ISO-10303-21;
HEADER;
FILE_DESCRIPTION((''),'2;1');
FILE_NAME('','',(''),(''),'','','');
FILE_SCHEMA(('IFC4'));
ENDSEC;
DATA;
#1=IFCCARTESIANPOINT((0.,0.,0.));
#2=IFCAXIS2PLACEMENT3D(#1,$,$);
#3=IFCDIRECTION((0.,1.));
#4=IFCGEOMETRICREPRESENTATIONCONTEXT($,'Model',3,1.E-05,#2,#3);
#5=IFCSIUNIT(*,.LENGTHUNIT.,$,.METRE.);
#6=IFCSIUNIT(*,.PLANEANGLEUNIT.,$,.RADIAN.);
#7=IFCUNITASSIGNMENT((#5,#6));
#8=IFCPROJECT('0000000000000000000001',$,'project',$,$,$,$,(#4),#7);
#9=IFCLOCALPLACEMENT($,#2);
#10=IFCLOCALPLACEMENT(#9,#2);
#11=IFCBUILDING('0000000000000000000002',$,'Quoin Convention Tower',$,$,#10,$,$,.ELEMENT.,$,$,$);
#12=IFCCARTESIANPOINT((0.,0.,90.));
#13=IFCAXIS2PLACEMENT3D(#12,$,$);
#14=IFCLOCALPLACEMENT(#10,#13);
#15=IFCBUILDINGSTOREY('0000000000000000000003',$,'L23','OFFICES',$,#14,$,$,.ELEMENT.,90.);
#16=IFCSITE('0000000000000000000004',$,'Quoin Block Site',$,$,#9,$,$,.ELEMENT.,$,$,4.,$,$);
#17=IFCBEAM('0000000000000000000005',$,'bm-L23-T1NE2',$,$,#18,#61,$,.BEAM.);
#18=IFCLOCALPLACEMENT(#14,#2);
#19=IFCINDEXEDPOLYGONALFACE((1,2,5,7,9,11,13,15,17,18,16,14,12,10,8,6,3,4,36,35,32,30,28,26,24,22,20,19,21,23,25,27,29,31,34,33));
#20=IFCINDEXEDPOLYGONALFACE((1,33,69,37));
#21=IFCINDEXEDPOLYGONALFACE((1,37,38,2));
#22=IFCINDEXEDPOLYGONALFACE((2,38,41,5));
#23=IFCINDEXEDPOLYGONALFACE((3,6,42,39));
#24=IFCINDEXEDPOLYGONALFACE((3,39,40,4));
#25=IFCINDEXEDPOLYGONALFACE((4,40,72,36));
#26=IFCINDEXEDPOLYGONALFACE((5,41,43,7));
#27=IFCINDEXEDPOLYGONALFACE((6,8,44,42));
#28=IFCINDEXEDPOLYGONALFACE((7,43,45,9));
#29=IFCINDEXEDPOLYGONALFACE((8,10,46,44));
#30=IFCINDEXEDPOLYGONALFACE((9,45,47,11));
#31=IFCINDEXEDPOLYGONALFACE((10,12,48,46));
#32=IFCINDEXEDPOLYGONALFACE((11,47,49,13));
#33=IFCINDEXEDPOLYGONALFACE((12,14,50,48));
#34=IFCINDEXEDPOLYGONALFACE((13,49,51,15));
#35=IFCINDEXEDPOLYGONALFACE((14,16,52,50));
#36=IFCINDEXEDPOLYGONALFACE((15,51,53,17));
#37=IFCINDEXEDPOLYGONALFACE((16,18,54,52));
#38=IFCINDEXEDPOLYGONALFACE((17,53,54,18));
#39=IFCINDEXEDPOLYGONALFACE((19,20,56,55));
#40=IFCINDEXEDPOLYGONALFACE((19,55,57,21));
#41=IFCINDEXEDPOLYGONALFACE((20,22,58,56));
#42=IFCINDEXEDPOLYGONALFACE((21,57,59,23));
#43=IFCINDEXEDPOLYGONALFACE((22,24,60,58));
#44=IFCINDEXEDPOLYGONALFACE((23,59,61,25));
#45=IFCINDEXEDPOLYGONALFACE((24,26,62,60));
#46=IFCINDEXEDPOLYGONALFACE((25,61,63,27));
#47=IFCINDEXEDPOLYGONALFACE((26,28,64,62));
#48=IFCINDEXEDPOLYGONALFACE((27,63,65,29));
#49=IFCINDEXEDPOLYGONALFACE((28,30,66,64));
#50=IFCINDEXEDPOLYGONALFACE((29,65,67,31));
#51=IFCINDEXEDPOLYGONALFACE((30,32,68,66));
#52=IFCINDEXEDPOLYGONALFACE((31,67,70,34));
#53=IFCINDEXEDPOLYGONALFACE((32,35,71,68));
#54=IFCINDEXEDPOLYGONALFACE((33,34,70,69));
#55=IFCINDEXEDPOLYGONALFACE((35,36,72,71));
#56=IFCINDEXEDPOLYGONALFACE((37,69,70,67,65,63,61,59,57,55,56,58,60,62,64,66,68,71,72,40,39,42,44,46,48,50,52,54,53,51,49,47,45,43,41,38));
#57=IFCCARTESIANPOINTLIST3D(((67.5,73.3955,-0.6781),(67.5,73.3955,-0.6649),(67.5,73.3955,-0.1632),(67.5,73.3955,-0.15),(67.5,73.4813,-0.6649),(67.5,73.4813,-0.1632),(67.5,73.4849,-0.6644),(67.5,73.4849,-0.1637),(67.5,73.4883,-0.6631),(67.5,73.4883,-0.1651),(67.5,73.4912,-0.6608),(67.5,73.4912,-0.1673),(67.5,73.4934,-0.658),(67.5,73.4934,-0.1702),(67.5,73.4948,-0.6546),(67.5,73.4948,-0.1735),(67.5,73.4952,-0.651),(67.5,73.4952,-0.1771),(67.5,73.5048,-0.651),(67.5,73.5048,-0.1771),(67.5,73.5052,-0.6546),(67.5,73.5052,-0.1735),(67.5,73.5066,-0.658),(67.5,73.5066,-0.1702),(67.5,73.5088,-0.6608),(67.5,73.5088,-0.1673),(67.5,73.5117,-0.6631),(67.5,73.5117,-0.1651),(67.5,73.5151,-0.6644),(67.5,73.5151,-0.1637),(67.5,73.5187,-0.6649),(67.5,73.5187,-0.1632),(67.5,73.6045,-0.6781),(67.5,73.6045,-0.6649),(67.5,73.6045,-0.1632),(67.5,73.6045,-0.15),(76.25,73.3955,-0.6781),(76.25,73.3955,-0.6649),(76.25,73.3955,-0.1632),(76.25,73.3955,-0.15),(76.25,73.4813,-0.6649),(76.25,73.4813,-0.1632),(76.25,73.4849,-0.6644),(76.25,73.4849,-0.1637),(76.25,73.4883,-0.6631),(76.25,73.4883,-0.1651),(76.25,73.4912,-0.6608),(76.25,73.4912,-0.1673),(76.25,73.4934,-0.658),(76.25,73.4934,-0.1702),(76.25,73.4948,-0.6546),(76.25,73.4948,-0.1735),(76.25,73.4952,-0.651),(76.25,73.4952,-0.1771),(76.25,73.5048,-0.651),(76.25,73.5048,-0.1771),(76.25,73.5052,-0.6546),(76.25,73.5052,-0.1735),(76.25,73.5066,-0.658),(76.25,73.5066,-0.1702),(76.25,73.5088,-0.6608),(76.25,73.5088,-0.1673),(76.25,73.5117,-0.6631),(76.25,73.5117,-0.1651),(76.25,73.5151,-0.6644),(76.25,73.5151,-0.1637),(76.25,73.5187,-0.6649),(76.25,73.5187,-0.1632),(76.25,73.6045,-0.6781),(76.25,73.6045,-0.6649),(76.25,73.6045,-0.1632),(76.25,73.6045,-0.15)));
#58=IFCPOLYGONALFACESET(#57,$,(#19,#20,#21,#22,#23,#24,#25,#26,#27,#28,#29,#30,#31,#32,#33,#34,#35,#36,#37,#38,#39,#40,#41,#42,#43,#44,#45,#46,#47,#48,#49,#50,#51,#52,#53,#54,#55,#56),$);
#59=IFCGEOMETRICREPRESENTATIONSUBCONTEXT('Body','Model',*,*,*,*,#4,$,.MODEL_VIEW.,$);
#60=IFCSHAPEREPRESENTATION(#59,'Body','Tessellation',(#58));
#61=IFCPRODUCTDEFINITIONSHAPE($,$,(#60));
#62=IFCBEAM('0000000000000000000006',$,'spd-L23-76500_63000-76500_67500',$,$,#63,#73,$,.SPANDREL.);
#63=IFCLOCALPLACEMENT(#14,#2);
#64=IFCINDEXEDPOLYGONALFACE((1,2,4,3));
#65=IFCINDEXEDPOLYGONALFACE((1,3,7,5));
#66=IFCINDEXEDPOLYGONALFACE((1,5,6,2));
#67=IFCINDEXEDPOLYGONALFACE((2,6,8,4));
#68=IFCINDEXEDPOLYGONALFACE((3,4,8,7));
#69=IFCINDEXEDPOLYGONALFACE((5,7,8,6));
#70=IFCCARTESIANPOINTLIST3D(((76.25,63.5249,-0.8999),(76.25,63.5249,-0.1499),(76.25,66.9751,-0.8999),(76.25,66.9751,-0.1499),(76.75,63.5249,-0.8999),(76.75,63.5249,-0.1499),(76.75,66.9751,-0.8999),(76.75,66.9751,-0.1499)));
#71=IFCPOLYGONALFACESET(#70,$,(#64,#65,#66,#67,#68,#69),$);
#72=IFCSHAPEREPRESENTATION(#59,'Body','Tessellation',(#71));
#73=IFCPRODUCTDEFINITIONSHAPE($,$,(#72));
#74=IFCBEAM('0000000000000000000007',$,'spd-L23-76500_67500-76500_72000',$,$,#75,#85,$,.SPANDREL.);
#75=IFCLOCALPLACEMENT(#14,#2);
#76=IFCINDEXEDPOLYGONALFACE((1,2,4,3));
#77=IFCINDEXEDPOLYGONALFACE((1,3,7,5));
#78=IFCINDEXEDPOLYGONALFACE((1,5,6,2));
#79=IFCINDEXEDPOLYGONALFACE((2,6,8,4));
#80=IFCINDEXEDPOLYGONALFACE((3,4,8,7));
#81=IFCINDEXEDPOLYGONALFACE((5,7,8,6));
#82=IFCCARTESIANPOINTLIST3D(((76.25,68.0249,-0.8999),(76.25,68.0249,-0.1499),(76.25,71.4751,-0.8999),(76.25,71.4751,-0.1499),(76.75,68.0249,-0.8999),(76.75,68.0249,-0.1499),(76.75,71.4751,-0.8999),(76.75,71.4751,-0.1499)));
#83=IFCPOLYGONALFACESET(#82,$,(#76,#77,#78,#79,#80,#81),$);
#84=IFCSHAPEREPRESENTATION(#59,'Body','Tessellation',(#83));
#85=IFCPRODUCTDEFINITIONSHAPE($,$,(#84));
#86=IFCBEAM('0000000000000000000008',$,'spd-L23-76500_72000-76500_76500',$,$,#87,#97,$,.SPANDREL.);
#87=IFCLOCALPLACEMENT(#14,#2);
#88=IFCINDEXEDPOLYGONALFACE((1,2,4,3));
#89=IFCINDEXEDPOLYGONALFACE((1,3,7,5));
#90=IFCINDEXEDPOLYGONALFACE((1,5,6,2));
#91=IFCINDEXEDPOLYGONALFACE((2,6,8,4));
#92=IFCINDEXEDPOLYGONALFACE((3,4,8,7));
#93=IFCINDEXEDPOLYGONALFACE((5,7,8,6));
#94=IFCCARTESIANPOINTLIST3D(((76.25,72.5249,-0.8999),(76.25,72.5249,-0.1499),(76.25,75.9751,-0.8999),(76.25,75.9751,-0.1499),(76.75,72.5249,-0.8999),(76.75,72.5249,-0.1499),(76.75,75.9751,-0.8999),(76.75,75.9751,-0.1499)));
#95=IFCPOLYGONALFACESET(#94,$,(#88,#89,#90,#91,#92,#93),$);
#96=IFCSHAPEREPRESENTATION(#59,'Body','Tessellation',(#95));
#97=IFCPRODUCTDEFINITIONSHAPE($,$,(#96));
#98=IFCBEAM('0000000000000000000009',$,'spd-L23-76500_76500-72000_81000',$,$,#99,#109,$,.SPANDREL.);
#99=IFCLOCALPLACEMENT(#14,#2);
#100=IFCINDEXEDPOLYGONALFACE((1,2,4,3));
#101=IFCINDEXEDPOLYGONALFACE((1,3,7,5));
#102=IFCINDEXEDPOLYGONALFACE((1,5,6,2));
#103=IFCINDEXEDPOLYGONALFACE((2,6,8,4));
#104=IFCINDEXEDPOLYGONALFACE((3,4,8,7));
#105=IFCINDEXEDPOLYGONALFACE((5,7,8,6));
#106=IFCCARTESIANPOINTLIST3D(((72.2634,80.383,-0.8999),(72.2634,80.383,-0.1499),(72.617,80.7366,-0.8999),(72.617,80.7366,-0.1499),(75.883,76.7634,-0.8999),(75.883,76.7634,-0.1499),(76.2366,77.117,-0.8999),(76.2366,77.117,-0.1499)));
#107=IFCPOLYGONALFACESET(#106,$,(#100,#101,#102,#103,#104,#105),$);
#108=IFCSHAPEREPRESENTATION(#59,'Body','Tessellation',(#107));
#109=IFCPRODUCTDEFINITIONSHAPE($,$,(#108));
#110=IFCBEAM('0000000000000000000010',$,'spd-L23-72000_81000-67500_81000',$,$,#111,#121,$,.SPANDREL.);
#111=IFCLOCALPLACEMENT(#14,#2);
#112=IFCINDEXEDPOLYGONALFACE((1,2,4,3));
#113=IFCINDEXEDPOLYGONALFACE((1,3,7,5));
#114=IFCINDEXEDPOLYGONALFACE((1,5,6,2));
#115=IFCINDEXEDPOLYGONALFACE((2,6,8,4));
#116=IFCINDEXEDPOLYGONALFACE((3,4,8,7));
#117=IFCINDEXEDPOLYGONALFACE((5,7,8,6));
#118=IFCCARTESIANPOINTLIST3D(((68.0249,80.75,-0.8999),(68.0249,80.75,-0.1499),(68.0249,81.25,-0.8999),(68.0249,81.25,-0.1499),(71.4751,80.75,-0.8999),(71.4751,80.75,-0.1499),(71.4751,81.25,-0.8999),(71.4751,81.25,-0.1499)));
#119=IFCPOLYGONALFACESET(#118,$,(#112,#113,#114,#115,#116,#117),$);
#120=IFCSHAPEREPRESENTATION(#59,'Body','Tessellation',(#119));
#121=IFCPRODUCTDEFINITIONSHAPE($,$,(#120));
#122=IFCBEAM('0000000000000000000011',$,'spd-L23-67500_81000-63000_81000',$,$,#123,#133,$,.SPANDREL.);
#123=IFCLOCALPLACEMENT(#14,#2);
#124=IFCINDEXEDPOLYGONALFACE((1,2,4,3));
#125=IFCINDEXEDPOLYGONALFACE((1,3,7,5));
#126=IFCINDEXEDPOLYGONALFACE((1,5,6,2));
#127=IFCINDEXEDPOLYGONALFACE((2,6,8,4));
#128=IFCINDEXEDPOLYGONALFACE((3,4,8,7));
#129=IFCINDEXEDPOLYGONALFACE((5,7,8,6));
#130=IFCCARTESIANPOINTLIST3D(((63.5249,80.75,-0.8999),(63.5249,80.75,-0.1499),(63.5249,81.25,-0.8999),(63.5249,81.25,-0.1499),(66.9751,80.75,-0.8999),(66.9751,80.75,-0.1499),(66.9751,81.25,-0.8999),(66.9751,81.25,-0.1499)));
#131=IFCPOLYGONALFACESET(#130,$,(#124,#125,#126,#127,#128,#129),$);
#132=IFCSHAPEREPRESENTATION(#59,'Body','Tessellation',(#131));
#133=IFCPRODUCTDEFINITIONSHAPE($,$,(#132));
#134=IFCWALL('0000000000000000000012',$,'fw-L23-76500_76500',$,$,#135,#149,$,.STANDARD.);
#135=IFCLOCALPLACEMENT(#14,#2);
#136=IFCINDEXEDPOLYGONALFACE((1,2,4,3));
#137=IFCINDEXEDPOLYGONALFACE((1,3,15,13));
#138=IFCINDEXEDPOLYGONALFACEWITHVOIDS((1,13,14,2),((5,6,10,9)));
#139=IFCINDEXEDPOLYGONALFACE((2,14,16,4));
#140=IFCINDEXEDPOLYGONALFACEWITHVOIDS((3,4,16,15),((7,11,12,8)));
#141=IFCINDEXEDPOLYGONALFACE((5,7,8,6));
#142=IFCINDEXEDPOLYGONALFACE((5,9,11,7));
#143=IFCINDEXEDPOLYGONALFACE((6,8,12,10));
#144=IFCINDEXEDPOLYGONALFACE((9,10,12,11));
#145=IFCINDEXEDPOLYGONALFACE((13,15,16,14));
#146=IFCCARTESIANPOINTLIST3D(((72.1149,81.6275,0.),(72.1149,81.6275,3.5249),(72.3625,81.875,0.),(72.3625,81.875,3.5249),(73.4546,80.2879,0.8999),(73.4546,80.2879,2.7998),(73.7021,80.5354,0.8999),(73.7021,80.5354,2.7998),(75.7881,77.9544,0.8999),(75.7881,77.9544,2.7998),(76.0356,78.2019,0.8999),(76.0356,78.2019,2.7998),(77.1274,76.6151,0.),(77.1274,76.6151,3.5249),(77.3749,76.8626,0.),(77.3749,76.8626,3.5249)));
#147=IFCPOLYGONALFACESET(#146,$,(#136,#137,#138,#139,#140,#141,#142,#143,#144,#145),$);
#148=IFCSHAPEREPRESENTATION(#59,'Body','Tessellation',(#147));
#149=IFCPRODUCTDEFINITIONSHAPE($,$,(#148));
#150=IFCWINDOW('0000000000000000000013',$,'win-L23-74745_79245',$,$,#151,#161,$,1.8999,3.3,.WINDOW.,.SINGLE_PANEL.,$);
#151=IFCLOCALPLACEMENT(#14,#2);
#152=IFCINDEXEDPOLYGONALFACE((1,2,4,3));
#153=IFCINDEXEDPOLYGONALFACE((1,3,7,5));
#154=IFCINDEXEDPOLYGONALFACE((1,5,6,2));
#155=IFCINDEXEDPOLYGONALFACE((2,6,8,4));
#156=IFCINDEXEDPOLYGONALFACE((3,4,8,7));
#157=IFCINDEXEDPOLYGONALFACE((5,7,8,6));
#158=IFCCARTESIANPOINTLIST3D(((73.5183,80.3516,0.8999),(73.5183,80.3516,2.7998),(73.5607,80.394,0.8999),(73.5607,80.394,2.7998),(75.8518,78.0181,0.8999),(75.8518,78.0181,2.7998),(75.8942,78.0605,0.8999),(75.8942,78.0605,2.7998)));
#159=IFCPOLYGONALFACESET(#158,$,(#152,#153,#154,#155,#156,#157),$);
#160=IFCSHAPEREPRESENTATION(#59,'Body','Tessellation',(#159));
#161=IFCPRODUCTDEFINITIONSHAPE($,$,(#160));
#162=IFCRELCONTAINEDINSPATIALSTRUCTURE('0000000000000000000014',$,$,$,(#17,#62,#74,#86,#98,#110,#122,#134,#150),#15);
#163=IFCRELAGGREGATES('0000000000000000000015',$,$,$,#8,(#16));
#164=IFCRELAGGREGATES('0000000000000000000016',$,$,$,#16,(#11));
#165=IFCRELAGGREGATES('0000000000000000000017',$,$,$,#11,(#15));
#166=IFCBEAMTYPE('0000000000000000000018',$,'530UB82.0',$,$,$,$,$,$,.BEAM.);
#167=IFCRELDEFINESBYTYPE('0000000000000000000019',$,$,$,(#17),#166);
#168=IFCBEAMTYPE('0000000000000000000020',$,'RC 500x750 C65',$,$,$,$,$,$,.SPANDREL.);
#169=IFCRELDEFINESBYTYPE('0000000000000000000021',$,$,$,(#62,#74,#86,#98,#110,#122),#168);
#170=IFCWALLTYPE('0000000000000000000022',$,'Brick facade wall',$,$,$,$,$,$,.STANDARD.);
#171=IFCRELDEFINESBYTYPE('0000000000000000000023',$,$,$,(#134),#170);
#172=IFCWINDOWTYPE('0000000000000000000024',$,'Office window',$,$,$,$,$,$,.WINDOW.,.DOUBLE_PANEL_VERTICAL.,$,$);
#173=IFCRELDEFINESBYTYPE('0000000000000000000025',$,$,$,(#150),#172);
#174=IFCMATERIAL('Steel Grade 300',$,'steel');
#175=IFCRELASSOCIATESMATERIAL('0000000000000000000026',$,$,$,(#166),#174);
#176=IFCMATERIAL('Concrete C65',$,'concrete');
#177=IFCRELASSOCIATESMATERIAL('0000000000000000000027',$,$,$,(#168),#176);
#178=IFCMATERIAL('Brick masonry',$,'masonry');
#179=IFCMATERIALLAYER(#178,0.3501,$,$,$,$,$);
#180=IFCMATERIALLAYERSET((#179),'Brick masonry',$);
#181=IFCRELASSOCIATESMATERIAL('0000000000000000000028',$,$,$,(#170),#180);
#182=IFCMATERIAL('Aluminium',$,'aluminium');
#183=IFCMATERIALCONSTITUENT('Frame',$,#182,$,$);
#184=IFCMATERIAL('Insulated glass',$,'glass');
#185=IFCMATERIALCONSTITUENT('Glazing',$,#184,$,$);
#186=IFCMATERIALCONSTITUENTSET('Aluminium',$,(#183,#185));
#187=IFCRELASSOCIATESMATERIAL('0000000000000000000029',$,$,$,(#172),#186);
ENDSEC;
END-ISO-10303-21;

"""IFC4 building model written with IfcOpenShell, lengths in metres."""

from ifc_helpers import new_model, si_unit, direction, frame, frame_2d, origin, origin_2d, place, context, subcontext, project, spatial, rectangle, i_section, extrude, material, layer, layer_set, constituent, constituent_set, material_profile, profile_set, type_object, element, fill, save


model = new_model("IFC4")

# Units and contexts
model_context = context("Model", 3, precision=1e-05, world=origin(), true_north=direction((0.0, 1.0)))
body_context = subcontext(model_context, "Body", "Model", "MODEL_VIEW")
ifc_project = project(units=[si_unit("LENGTHUNIT", "METRE"), si_unit("PLANEANGLEUNIT", "RADIAN")], contexts=[model_context])

# Site, building, storey
site_placement = place(None, origin())
site = spatial("IfcSite", under=ifc_project, at=site_placement, Name="Quoin Block Site", CompositionType="ELEMENT", RefElevation=4.0)
building_placement = place(site_placement, origin())
building = spatial("IfcBuilding", under=site, at=building_placement, Name="Quoin Convention Tower", CompositionType="ELEMENT")
storey_placement = place(building_placement, frame((0.0, 0.0, 90.0)))
storey = spatial("IfcBuildingStorey", under=building, at=storey_placement, Name="L23", Description="OFFICES", CompositionType="ELEMENT", Elevation=90.0)

# Shared definitions
ifc_material_1 = material(Name="Concrete C65", Category="concrete")

# Beams
ifc_material_2 = material(Name="Steel Grade 300", Category="steel")
ifc_material_profile_1 = material_profile(ifc_material_2, i_section(OverallWidth=0.209, OverallDepth=0.5281, WebThickness=0.0095, FlangeThickness=0.0132, FilletRadius=0.0139, at=origin_2d()), Name="530UB82.0")
ifc_profile_set_1 = profile_set([ifc_material_profile_1], Name="Steel Grade 300")
beam_type_1 = type_object("IfcBeamType", Name="530UB82.0", PredefinedType="BEAM", material=ifc_profile_set_1)
beam_1_placement = place(storey_placement, frame((67.5, 73.5, -0.4141), z_axis=(1.0, 0.0, 0.0), x_axis=(0.0, 1.0, 0.0)))
element("IfcBeam", 1, at=beam_1_placement, inside=storey, type_object=beam_type_1, Name="bm-L23-T1NE2", PredefinedType="BEAM", context=body_context, shape_type="SweptSolid", body=[
    extrude(i_section(OverallWidth=0.209, OverallDepth=0.5281, WebThickness=0.0095, FlangeThickness=0.0132, FilletRadius=0.0139, at=origin_2d()), origin(), (0.0, 0.0, 1.0), 8.75),
])
ifc_material_profile_2 = material_profile(ifc_material_1, rectangle(XDim=0.5, YDim=0.75, at=origin_2d()), Name="RC 500x750")
ifc_profile_set_2 = profile_set([ifc_material_profile_2], Name="Concrete C65")
beam_type_2 = type_object("IfcBeamType", Name="RC 500x750 C65", PredefinedType="SPANDREL", material=ifc_profile_set_2)
for number, where, z_axis, x_axis, name in (
    (2, (76.5, 63.5249, -0.5249), (0.0, 1.0, 0.0), (-1.0, 0.0, 0.0), "spd-L23-76500_63000-76500_67500"),
    (3, (76.5, 68.0249, -0.5249), (0.0, 1.0, 0.0), (-1.0, 0.0, 0.0), "spd-L23-76500_67500-76500_72000"),
    (4, (76.5, 72.5249, -0.5249), (0.0, 1.0, 0.0), (-1.0, 0.0, 0.0), "spd-L23-76500_72000-76500_76500"),
):
    element("IfcBeam", number, at=place(storey_placement, frame(where, z_axis=z_axis, x_axis=x_axis)), inside=storey, type_object=beam_type_2, Name=name, PredefinedType="SPANDREL", context=body_context, shape_type="SweptSolid", body=[
        extrude(rectangle(XDim=0.5, YDim=0.75, at=origin_2d()), origin(), (0.0, 0.0, 1.0), 3.4502),
    ])
beam_2_placement = place(storey_placement, frame((76.0598, 76.9402, -0.5249), z_axis=(-0.707107, 0.707107, 0.0), x_axis=(-0.707107, -0.707107, 0.0)))
element("IfcBeam", 5, at=beam_2_placement, inside=storey, type_object=beam_type_2, Name="spd-L23-76500_76500-72000_81000", PredefinedType="SPANDREL", context=body_context, shape_type="SweptSolid", body=[
    extrude(rectangle(XDim=0.5, YDim=0.75, at=origin_2d()), origin(), (0.0, 0.0, 1.0), 5.1189),
])
for number, where, z_axis, x_axis, name in (
    (6, (71.4751, 81.0, -0.5249), (-1.0, 0.0, 0.0), (0.0, -1.0, 0.0), "spd-L23-72000_81000-67500_81000"),
    (7, (66.9751, 81.0, -0.5249), (-1.0, 0.0, 0.0), (0.0, -1.0, 0.0), "spd-L23-67500_81000-63000_81000"),
):
    element("IfcBeam", number, at=place(storey_placement, frame(where, z_axis=z_axis, x_axis=x_axis)), inside=storey, type_object=beam_type_2, Name=name, PredefinedType="SPANDREL", context=body_context, shape_type="SweptSolid", body=[
        extrude(rectangle(XDim=0.5, YDim=0.75, at=origin_2d()), origin(), (0.0, 0.0, 1.0), 3.4502),
    ])

# Wall, opening, window
ifc_material_3 = material(Name="Brick masonry", Category="masonry")
ifc_layer_1 = layer(ifc_material_3, 0.3501)
ifc_layer_set_1 = layer_set([ifc_layer_1], Name="Brick masonry")
wall_type_1 = type_object("IfcWallType", Name="Brick facade wall", PredefinedType="STANDARD", material=ifc_layer_set_1)
wall_1_placement = place(storey_placement, frame((77.2512, 76.7388, 0.0), z_axis=(0.0, 0.0, 1.0), x_axis=(-0.707107, 0.707107, 0.0)))
wall_1 = element("IfcWall", 8, at=wall_1_placement, inside=storey, type_object=wall_type_1, Name="fw-L23-76500_76500", PredefinedType="STANDARD", context=body_context, shape_type="SweptSolid", body=[
    extrude(rectangle(XDim=7.0886, YDim=0.3501, at=frame_2d((3.5444, 0.0))), origin(), (0.0, 0.0, 1.0), 3.5249),
])
opening_1_placement = place(wall_1_placement, frame((1.8943, 0.0, 0.8999)))
opening_1 = element("IfcOpeningElement", 9, at=opening_1_placement, cuts=wall_1, PredefinedType="OPENING", context=body_context, shape_type="SweptSolid", body=[
    extrude(rectangle(XDim=3.3, YDim=1.8999, at=frame_2d((1.6499, 0.95))), frame((0.0, 0.1851, 0.0), z_axis=(0.0, -1.0, 0.0), x_axis=(1.0, 0.0, 0.0)), (0.0, 0.0, 1.0), 0.3701),
])
ifc_material_4 = material(Name="Aluminium", Category="aluminium")
ifc_constituent_1 = constituent(ifc_material_4, Name="Frame")
ifc_material_5 = material(Name="Insulated glass", Category="glass")
ifc_constituent_2 = constituent(ifc_material_5, Name="Glazing")
ifc_constituent_set = constituent_set(constituents=[ifc_constituent_1, ifc_constituent_2], Name="Aluminium")
window_type = type_object("IfcWindowType", Name="Office window", PartitioningType="DOUBLE_PANEL_VERTICAL", PredefinedType="WINDOW", material=ifc_constituent_set)
window_1_placement = place(opening_1_placement, origin())
window_1 = element("IfcWindow", 10, at=window_1_placement, inside=storey, type_object=window_type, Name="win-L23-74745_79245", OverallHeight=1.8999, OverallWidth=3.3, PartitioningType="SINGLE_PANEL", PredefinedType="WINDOW", context=body_context, shape_type="SweptSolid", body=[
    extrude(rectangle(XDim=3.3, YDim=1.8999, at=frame_2d((1.6499, 0.95))), frame((0.0, 0.085, 0.0), z_axis=(0.0, -1.0, 0.0), x_axis=(1.0, 0.0, 0.0)), (0.0, 0.0, 1.0), 0.0601),
])
fill(opening_1, window_1)

save(model, "model.ifc")
